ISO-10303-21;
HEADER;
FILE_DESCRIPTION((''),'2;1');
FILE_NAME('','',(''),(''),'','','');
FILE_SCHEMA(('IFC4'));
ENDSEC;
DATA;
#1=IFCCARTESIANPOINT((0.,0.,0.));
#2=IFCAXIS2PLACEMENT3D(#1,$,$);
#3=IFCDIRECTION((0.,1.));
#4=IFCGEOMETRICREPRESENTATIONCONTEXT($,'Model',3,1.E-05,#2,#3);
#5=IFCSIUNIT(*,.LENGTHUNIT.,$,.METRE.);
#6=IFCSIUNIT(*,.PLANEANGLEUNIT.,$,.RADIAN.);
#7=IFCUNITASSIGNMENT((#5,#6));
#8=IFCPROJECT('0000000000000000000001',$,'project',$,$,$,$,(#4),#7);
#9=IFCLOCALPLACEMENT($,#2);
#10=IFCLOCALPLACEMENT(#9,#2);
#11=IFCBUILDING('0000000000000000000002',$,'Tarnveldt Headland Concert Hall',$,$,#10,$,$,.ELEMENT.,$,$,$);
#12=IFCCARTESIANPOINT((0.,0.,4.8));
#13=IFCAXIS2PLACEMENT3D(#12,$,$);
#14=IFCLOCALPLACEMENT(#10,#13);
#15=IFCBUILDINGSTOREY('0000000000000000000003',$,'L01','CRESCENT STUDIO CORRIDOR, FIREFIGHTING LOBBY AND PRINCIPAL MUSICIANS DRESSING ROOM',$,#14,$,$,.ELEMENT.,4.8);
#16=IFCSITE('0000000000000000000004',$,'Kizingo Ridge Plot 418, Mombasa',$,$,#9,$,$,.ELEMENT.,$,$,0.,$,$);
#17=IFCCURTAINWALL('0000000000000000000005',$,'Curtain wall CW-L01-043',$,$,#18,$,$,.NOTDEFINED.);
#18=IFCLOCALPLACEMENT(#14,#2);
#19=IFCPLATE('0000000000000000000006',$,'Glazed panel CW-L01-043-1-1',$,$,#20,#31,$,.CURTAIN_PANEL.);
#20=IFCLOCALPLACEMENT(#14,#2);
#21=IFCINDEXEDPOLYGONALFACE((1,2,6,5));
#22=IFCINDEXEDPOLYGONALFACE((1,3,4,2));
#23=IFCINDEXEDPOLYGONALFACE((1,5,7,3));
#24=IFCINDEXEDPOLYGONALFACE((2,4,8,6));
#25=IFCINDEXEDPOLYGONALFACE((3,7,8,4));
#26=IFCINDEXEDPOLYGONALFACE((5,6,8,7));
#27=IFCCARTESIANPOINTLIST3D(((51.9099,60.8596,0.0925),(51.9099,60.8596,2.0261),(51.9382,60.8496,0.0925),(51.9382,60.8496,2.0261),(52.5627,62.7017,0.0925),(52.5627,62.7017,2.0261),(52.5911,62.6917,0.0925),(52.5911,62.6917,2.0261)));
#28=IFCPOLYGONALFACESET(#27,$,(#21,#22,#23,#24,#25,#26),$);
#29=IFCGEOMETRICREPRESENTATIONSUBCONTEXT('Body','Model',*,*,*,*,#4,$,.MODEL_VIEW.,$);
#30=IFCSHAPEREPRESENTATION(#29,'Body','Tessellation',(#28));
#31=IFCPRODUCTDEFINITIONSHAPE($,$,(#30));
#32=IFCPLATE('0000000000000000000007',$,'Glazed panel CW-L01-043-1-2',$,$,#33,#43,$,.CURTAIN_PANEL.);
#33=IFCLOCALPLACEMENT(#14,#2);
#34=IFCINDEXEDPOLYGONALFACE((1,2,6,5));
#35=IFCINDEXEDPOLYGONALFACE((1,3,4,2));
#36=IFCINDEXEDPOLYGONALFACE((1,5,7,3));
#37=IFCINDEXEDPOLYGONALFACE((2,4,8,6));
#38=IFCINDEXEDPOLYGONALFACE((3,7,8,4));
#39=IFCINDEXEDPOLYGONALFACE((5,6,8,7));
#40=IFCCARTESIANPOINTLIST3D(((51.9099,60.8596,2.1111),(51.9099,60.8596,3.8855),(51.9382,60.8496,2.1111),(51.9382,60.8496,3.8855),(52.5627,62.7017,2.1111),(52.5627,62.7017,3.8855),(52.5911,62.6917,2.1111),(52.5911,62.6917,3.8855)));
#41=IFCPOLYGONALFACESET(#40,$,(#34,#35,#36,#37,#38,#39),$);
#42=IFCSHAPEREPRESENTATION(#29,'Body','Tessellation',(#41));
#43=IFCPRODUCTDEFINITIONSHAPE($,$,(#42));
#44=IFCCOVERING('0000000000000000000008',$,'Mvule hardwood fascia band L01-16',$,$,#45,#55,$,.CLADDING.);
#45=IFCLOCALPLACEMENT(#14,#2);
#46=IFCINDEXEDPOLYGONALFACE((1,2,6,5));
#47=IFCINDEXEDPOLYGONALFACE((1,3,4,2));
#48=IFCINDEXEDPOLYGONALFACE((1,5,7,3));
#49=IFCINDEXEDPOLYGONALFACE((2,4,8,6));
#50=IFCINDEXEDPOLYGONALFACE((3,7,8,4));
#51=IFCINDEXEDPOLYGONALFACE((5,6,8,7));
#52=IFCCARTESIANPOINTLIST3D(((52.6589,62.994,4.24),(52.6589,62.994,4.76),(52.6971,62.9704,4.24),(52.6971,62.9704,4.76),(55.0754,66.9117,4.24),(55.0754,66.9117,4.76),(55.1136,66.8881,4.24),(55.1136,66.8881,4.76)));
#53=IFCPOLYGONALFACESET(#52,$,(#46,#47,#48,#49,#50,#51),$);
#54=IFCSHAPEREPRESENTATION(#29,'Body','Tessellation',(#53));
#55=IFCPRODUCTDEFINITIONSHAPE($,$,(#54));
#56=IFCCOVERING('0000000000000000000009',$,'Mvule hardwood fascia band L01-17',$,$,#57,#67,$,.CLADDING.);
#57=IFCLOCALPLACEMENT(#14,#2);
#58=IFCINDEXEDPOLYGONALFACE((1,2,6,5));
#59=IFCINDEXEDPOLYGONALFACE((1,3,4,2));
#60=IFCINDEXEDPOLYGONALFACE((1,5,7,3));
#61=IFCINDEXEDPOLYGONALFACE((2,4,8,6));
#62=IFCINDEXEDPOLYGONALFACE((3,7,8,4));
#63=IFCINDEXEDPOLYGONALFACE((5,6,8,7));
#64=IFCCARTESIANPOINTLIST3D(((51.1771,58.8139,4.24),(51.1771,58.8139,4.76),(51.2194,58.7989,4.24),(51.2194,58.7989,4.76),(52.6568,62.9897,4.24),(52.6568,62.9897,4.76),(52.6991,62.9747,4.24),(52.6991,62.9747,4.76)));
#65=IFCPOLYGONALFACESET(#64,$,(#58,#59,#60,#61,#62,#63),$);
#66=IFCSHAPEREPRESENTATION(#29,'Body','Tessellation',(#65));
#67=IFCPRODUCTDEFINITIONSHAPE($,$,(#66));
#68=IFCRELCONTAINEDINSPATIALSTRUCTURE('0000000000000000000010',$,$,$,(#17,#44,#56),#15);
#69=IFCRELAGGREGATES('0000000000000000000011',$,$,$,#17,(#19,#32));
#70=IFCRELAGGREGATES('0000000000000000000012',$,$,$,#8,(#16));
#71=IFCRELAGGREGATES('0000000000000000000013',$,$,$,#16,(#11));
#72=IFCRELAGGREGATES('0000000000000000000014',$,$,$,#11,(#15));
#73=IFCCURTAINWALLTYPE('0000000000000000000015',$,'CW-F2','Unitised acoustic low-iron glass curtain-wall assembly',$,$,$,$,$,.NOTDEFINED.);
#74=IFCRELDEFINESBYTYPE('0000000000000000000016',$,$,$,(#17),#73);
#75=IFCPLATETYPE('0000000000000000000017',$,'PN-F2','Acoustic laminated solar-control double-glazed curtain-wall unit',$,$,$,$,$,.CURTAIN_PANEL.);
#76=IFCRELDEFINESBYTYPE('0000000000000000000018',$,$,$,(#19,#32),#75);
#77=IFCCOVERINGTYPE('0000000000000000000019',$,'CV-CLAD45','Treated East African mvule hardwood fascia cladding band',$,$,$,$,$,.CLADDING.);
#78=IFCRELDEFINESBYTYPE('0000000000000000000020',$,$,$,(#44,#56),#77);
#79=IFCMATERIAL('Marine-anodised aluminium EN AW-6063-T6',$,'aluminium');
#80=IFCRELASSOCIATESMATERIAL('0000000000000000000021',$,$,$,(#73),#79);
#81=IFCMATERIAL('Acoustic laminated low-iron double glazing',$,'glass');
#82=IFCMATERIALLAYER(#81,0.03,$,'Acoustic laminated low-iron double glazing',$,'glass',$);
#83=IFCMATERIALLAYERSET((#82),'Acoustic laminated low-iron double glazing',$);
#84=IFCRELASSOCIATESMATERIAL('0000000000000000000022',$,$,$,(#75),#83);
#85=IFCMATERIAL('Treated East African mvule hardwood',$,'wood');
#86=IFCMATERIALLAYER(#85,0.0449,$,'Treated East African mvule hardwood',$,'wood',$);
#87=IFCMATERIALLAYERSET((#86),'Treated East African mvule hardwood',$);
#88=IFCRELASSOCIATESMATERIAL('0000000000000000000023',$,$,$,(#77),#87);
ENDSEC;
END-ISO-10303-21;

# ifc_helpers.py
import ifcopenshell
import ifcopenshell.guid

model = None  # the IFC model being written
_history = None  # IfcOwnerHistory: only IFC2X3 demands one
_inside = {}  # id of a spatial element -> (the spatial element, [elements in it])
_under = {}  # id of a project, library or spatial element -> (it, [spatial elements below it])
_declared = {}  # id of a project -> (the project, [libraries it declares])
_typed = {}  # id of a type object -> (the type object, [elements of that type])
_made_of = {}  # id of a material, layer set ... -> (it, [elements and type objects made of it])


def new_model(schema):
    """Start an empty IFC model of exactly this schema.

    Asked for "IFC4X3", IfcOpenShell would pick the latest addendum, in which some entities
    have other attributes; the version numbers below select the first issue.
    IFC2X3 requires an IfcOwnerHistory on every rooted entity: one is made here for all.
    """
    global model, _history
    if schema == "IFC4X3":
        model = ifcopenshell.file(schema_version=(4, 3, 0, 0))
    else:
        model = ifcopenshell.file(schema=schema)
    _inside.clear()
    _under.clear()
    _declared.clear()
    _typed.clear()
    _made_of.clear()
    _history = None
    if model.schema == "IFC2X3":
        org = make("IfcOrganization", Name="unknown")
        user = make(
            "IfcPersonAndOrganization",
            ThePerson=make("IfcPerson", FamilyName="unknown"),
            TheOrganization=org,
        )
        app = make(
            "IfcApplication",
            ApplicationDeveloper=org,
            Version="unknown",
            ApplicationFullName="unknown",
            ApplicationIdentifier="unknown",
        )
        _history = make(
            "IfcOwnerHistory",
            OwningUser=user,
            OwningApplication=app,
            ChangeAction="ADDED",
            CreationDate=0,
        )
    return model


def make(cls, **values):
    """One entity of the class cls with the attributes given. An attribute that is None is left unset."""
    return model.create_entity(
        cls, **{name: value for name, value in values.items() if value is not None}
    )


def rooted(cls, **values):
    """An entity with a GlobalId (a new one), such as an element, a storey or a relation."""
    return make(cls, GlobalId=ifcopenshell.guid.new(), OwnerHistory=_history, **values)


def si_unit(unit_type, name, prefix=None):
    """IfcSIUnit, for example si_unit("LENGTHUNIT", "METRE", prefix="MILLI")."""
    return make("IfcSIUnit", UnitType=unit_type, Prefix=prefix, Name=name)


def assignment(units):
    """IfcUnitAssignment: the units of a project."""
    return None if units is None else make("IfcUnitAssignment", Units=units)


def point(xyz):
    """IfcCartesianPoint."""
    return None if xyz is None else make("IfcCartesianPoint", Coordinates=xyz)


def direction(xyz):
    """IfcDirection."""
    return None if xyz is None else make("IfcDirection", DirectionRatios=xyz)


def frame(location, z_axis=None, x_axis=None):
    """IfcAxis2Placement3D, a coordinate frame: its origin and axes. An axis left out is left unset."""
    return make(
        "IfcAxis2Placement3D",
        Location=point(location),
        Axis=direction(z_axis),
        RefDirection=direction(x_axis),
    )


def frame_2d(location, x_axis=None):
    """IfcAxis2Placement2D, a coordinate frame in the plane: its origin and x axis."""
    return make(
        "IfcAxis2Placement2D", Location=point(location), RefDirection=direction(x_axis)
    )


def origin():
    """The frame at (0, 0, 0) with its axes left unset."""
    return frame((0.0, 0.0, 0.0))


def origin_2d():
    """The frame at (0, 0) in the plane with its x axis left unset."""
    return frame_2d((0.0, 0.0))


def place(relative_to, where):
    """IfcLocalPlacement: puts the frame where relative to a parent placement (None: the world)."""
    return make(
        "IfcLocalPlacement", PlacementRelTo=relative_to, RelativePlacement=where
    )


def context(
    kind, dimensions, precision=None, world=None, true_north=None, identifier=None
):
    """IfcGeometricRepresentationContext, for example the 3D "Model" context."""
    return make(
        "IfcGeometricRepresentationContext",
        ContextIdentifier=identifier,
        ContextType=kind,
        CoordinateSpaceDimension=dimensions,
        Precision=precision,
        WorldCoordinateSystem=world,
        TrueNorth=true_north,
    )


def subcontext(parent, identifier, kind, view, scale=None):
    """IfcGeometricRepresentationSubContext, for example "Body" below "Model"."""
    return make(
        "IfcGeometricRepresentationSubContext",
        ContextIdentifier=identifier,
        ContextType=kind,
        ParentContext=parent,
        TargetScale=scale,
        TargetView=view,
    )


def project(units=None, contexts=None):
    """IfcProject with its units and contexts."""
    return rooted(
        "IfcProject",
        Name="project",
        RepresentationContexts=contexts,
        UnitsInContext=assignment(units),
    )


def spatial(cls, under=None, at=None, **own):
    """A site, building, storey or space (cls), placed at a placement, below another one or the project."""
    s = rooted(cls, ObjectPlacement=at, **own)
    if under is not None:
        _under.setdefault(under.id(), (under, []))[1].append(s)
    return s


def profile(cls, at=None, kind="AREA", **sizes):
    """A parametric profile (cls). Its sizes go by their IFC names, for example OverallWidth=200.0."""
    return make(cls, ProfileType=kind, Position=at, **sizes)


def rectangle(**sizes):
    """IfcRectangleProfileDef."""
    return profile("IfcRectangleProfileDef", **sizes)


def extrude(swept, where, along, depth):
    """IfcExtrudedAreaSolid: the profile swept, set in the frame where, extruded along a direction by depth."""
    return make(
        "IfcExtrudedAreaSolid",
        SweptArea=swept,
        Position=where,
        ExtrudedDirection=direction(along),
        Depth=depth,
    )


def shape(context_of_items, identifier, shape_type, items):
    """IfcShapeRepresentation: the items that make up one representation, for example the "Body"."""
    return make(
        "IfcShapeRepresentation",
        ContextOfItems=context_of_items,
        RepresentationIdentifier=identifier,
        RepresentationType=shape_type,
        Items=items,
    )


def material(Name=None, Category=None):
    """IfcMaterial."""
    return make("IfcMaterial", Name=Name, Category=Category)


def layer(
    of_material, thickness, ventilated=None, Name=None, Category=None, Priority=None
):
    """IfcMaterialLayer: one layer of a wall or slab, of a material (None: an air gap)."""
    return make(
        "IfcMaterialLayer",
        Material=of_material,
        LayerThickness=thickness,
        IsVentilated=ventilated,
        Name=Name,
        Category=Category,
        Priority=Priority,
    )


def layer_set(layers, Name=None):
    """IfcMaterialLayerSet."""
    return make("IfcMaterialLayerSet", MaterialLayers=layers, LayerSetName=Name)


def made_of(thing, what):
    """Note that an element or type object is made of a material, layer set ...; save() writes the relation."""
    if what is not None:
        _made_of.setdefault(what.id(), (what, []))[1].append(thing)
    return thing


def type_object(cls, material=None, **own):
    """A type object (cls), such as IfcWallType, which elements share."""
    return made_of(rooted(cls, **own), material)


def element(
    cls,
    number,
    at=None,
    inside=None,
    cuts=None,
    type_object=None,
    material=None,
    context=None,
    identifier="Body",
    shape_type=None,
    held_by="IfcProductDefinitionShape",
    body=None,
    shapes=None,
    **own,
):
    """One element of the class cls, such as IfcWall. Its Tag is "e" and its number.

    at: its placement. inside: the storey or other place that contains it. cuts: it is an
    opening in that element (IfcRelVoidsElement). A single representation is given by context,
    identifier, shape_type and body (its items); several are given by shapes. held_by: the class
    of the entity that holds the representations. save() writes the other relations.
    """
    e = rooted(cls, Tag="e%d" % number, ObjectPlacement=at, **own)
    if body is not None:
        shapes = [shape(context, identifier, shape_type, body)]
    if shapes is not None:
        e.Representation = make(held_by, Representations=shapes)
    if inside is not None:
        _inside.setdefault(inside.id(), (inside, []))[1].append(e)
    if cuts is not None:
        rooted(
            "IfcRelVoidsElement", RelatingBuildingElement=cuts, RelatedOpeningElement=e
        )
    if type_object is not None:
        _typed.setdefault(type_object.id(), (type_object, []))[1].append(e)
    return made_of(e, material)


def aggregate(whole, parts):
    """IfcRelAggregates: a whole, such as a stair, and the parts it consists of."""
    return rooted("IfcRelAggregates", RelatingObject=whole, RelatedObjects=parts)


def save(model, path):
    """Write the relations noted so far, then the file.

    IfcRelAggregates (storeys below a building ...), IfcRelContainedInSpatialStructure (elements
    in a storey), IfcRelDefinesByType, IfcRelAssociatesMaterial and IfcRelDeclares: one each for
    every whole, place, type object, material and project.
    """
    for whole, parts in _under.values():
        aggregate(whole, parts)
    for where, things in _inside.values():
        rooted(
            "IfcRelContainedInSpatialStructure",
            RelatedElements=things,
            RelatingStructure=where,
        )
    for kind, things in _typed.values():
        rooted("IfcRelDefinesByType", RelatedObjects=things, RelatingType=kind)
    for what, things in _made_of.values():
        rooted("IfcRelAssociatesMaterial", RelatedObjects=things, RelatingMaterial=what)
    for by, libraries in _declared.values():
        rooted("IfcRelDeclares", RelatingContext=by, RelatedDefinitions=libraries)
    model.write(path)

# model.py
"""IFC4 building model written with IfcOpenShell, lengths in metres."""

from ifc_helpers import new_model, si_unit, direction, frame, frame_2d, origin, origin_2d, place, context, subcontext, project, spatial, rectangle, extrude, material, layer, layer_set, type_object, element, aggregate, save


model = new_model("IFC4")

# Units and contexts
model_context = context("Model", 3, precision=1e-05, world=origin(), true_north=direction((0.0, 1.0)))
body_context = subcontext(model_context, "Body", "Model", "MODEL_VIEW")
ifc_project = project(units=[si_unit("LENGTHUNIT", "METRE"), si_unit("PLANEANGLEUNIT", "RADIAN")], contexts=[model_context])

# Site, building, storey
site_placement = place(None, origin())
site = spatial("IfcSite", under=ifc_project, at=site_placement, Name="Kizingo Ridge Plot 418, Mombasa", CompositionType="ELEMENT", RefElevation=0.0)
building_placement = place(site_placement, origin())
building = spatial("IfcBuilding", under=site, at=building_placement, Name="Tarnveldt Headland Concert Hall", CompositionType="ELEMENT")
storey_placement = place(building_placement, frame((0.0, 0.0, 4.8)))
storey = spatial("IfcBuildingStorey", under=building, at=storey_placement, Name="L01", Description="CRESCENT STUDIO CORRIDOR, FIREFIGHTING LOBBY AND PRINCIPAL MUSICIANS DRESSING ROOM", CompositionType="ELEMENT", Elevation=4.8)

# Shared definitions
ifc_material_1 = material(Name="Marine-anodised aluminium EN AW-6063-T6", Category="aluminium")
curtain_wall_type = type_object("IfcCurtainWallType", Name="CW-F2", Description="Unitised acoustic low-iron glass curtain-wall assembly", PredefinedType="NOTDEFINED", material=ifc_material_1)

# Curtain wall
curtain_wall_1_placement = place(storey_placement, origin())
curtain_wall_1 = element("IfcCurtainWall", 1, at=curtain_wall_1_placement, inside=storey, type_object=curtain_wall_type, Name="Curtain wall CW-L01-043", PredefinedType="NOTDEFINED")

# Plates
ifc_material_2 = material(Name="Acoustic laminated low-iron double glazing", Category="glass")
ifc_layer_1 = layer(ifc_material_2, 0.03, Name="Acoustic laminated low-iron double glazing", Category="glass")
ifc_layer_set_1 = layer_set([ifc_layer_1], Name="Acoustic laminated low-iron double glazing")
plate_type = type_object("IfcPlateType", Name="PN-F2", Description="Acoustic laminated solar-control double-glazed curtain-wall unit", PredefinedType="CURTAIN_PANEL", material=ifc_layer_set_1)
plate_1_placement = place(storey_placement, frame((52.2505, 61.7756, 0.0925), z_axis=(0.0, 0.0, 1.0), x_axis=(-0.334037, -0.94256, 0.0)))
plate_1 = element("IfcPlate", 2, at=plate_1_placement, type_object=plate_type, Name="Glazed panel CW-L01-043-1-1", PredefinedType="CURTAIN_PANEL", context=body_context, shape_type="SweptSolid", body=[
    extrude(rectangle(XDim=1.9543, YDim=0.03, at=origin_2d()), origin(), (0.0, 0.0, 1.0), 1.9336),
])
plate_2_placement = place(storey_placement, frame((52.2505, 61.7756, 2.1111), z_axis=(0.0, 0.0, 1.0), x_axis=(-0.334037, -0.94256, 0.0)))
plate_2 = element("IfcPlate", 3, at=plate_2_placement, type_object=plate_type, Name="Glazed panel CW-L01-043-1-2", PredefinedType="CURTAIN_PANEL", context=body_context, shape_type="SweptSolid", body=[
    extrude(rectangle(XDim=1.9543, YDim=0.03, at=origin_2d()), origin(), (0.0, 0.0, 1.0), 1.7744),
])
aggregate(curtain_wall_1, [plate_1, plate_2])

# Coverings
ifc_material_3 = material(Name="Treated East African mvule hardwood", Category="wood")
ifc_layer_2 = layer(ifc_material_3, 0.0449, Name="Treated East African mvule hardwood", Category="wood")
ifc_layer_set_2 = layer_set([ifc_layer_2], Name="Treated East African mvule hardwood")
covering_type = type_object("IfcCoveringType", Name="CV-CLAD45", Description="Treated East African mvule hardwood fascia cladding band", PredefinedType="CLADDING", material=ifc_layer_set_2)
covering_1_placement = place(storey_placement, frame((55.0945, 66.8999, 4.24), z_axis=(0.0, 0.0, 1.0), x_axis=(-0.524979, -0.851115, 0.0)))
element("IfcCovering", 4, at=covering_1_placement, inside=storey, type_object=covering_type, Name="Mvule hardwood fascia band L01-16", PredefinedType="CLADDING", context=body_context, shape_type="SweptSolid", body=[
    extrude(rectangle(XDim=4.603, YDim=0.0449, at=frame_2d((2.3015, 0.0))), origin(), (0.0, 0.0, 1.0), 0.52),
])
covering_2_placement = place(storey_placement, frame((52.678, 62.9822, 4.24), z_axis=(0.0, 0.0, 1.0), x_axis=(-0.33401, -0.942569, 0.0)))
element("IfcCovering", 5, at=covering_2_placement, inside=storey, type_object=covering_type, Name="Mvule hardwood fascia band L01-17", PredefinedType="CLADDING", context=body_context, shape_type="SweptSolid", body=[
    extrude(rectangle(XDim=4.4302, YDim=0.0449, at=frame_2d((2.2151, 0.0))), origin(), (0.0, 0.0, 1.0), 0.52),
])

save(model, "model.ifc")
